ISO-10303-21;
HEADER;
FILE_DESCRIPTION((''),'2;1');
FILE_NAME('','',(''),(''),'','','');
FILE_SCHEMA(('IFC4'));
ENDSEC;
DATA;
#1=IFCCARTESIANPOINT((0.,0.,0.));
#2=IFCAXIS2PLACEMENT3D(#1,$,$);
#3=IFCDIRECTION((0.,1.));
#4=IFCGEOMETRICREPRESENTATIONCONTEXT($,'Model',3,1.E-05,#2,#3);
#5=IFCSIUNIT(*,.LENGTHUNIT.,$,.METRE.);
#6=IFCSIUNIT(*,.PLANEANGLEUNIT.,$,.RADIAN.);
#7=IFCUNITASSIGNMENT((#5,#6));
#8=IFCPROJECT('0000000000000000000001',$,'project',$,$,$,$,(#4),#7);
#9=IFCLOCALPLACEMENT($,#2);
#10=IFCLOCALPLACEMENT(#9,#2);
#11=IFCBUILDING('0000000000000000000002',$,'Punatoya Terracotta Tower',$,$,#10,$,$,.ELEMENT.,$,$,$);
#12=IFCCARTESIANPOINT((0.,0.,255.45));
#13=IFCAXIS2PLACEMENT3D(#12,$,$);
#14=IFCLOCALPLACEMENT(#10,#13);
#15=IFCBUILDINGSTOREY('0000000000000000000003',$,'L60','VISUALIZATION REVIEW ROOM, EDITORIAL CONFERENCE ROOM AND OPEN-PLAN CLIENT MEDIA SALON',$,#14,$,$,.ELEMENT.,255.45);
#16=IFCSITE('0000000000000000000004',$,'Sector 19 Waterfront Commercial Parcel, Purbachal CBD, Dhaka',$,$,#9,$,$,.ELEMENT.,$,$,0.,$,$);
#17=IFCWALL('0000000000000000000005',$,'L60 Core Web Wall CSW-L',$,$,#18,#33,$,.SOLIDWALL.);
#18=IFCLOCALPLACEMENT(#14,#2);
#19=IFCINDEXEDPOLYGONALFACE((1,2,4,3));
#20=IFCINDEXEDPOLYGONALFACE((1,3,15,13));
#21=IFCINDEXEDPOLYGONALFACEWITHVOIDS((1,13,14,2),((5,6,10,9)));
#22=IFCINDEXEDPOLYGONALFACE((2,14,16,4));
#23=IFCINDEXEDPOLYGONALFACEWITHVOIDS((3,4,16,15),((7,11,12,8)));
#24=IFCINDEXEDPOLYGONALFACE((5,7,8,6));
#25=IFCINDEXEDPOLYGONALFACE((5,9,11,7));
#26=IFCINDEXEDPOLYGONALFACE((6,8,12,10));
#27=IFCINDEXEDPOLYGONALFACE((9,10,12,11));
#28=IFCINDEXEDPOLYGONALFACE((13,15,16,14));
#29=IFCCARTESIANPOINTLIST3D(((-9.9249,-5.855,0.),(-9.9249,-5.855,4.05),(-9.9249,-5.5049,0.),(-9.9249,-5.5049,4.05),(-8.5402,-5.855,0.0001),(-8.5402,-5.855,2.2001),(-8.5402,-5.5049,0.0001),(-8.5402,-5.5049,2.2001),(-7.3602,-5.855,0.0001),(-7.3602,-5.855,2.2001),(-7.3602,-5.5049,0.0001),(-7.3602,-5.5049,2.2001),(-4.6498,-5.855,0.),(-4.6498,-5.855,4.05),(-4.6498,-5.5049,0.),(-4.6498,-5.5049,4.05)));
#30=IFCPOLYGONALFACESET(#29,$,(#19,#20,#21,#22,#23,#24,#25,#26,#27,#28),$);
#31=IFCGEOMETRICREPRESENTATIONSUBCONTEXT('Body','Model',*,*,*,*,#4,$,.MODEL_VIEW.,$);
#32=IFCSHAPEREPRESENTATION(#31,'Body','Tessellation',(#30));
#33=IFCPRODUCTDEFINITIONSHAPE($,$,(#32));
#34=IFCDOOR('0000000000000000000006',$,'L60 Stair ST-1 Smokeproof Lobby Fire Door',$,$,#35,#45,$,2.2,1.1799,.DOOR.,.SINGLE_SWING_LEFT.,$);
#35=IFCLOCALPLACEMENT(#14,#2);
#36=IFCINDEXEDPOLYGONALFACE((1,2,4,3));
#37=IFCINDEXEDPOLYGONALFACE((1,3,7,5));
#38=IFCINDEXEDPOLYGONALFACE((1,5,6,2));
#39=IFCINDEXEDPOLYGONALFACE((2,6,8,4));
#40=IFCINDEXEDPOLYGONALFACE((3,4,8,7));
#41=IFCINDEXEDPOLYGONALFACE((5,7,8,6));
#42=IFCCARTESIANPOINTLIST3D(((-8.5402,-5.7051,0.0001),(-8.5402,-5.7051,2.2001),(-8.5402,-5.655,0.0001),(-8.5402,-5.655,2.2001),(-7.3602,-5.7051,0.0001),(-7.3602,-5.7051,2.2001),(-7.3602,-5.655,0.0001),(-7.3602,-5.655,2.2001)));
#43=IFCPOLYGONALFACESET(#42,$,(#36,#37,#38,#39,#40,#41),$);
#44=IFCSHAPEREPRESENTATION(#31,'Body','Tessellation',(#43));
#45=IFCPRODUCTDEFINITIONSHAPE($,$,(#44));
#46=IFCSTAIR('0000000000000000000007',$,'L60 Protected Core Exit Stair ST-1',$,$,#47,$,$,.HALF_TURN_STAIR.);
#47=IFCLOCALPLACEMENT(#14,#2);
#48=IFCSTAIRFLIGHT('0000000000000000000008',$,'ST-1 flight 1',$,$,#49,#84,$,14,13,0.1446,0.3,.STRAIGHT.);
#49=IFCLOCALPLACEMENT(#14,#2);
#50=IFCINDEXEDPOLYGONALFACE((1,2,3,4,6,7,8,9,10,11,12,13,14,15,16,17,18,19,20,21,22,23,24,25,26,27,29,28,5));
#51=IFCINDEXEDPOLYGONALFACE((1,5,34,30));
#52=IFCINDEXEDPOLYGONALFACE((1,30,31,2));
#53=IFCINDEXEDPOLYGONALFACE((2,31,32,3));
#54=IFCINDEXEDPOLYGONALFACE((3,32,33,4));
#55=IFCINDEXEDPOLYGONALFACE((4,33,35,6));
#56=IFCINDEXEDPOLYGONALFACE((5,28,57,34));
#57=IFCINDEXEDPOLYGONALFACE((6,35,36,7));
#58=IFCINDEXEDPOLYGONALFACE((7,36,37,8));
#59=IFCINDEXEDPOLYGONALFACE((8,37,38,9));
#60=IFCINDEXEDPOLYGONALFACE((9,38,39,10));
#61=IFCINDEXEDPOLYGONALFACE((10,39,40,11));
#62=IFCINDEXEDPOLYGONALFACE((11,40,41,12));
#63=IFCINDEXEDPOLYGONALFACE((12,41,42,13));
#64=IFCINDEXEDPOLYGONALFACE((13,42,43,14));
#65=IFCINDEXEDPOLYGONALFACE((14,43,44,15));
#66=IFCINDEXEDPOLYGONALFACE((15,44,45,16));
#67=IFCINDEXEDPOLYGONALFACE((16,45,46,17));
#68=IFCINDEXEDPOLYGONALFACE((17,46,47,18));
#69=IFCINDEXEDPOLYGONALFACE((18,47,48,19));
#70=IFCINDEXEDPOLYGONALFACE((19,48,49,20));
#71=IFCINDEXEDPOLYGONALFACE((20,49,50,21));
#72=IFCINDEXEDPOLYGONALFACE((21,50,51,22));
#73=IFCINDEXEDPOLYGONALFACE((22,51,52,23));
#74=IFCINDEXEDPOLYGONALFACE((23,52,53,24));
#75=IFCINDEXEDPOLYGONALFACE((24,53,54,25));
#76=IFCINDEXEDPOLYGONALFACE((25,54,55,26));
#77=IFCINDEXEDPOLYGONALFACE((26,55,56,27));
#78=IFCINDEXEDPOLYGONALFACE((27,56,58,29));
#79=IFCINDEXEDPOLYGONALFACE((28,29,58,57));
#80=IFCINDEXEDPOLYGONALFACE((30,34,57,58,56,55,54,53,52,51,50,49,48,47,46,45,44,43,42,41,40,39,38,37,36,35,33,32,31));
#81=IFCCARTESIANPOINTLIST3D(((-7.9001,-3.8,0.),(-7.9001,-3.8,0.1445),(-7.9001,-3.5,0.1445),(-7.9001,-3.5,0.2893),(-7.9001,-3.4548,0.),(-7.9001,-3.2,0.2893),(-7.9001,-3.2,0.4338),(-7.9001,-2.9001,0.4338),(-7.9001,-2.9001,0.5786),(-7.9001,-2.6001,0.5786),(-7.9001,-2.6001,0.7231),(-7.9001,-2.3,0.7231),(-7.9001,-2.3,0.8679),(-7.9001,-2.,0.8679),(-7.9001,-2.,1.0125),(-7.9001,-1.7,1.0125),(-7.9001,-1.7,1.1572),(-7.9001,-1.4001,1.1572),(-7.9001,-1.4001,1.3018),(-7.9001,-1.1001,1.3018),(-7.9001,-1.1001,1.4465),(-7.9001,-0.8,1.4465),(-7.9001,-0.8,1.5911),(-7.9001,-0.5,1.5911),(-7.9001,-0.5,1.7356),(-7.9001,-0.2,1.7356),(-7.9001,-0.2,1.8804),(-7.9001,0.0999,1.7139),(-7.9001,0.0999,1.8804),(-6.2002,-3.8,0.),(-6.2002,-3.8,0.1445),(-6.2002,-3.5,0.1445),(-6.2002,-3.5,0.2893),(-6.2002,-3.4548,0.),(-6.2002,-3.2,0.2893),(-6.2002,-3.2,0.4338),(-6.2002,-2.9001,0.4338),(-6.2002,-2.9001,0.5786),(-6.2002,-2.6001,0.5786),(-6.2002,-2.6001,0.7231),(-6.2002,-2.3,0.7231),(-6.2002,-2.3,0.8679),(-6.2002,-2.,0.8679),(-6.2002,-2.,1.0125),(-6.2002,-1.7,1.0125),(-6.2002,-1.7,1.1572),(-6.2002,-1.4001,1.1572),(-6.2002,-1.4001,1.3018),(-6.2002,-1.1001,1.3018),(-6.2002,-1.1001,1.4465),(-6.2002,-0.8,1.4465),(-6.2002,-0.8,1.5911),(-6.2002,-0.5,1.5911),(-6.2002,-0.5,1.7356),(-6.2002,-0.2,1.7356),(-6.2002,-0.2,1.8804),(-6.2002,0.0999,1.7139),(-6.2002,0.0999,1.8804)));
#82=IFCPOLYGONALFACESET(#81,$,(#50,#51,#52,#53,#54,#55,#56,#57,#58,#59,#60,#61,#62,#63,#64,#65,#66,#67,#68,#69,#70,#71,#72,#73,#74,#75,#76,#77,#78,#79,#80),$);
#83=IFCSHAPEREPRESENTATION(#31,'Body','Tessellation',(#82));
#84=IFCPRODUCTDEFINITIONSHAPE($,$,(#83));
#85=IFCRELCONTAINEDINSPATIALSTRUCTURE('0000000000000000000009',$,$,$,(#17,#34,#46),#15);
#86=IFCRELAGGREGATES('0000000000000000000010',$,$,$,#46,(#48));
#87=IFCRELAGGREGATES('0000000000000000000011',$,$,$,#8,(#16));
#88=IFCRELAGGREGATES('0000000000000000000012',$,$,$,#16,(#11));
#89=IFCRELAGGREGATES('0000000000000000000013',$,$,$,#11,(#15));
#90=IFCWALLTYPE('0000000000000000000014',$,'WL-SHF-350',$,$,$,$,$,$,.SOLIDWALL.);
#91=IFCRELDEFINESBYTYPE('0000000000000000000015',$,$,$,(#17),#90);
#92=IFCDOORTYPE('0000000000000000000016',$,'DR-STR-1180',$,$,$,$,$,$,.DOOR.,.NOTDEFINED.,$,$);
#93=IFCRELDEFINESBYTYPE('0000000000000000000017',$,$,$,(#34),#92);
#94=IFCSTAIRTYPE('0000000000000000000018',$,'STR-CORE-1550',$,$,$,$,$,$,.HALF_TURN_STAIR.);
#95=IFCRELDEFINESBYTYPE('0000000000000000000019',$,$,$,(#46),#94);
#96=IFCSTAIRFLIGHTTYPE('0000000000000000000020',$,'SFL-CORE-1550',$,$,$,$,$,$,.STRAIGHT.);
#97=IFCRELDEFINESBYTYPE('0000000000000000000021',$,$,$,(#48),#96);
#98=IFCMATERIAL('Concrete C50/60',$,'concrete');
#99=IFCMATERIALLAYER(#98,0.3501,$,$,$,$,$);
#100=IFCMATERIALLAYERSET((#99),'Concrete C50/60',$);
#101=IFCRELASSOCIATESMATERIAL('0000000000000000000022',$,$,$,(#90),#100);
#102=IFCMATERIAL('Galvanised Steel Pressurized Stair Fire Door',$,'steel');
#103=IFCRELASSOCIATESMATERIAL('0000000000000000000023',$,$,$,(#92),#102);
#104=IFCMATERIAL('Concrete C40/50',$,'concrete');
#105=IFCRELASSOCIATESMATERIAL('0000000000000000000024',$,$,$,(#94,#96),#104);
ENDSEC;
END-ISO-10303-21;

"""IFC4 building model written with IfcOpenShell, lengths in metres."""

from ifc_helpers import new_model, si_unit, direction, frame, frame_2d, origin, place, context, subcontext, project, spatial, polyline, rectangle, outline, extrude, material, layer, layer_set, type_object, element, fill, aggregate, save


model = new_model("IFC4")

# Units and contexts
model_context = context("Model", 3, precision=1e-05, world=origin(), true_north=direction((0.0, 1.0)))
body_context = subcontext(model_context, "Body", "Model", "MODEL_VIEW")
ifc_project = project(units=[si_unit("LENGTHUNIT", "METRE"), si_unit("PLANEANGLEUNIT", "RADIAN")], contexts=[model_context])

# Site, building, storey
site_placement = place(None, origin())
site = spatial("IfcSite", under=ifc_project, at=site_placement, Name="Sector 19 Waterfront Commercial Parcel, Purbachal CBD, Dhaka", CompositionType="ELEMENT", RefElevation=0.0)
building_placement = place(site_placement, origin())
building = spatial("IfcBuilding", under=site, at=building_placement, Name="Punatoya Terracotta Tower", CompositionType="ELEMENT")
storey_placement = place(building_placement, frame((0.0, 0.0, 255.45)))
storey = spatial("IfcBuildingStorey", under=building, at=storey_placement, Name="L60", Description="VISUALIZATION REVIEW ROOM, EDITORIAL CONFERENCE ROOM AND OPEN-PLAN CLIENT MEDIA SALON", CompositionType="ELEMENT", Elevation=255.45)

# Shared definitions
ifc_material_1 = material(Name="Concrete C50/60", Category="concrete")

# Shared definitions
ifc_material_2 = material(Name="Concrete C40/50", Category="concrete")

# Wall, opening, door
ifc_layer_1 = layer(ifc_material_1, 0.3501)
ifc_layer_set_1 = layer_set([ifc_layer_1], Name="Concrete C50/60")
wall_type_1 = type_object("IfcWallType", Name="WL-SHF-350", PredefinedType="SOLIDWALL", material=ifc_layer_set_1)
wall_1_placement = place(storey_placement, frame((-9.925, -5.6799, 0.0), z_axis=(0.0, 0.0, 1.0), x_axis=(1.0, 0.0, 0.0)))
wall_1 = element("IfcWall", 1, at=wall_1_placement, inside=storey, type_object=wall_type_1, Name="L60 Core Web Wall CSW-L", PredefinedType="SOLIDWALL", context=body_context, shape_type="SweptSolid", body=[
    extrude(rectangle(XDim=5.2751, YDim=0.3501, at=frame_2d((2.6377, 0.0))), origin(), (0.0, 0.0, 1.0), 4.05),
])
opening_1_placement = place(wall_1_placement, frame((1.385, 0.0, 0.0)))
opening_1 = element("IfcOpeningElement", 2, at=opening_1_placement, cuts=wall_1, PredefinedType="OPENING", context=body_context, shape_type="SweptSolid", body=[
    extrude(rectangle(XDim=1.1799, YDim=2.2, at=frame_2d((0.5898, 1.1001))), frame((0.0, 0.1851, 0.0), z_axis=(0.0, -1.0, 0.0), x_axis=(1.0, 0.0, 0.0)), (0.0, 0.0, 1.0), 0.3701),
])
ifc_material_3 = material(Name="Galvanised Steel Pressurized Stair Fire Door", Category="steel")
door_type_1 = type_object("IfcDoorType", Name="DR-STR-1180", OperationType="NOTDEFINED", PredefinedType="DOOR", material=ifc_material_3)
door_1_placement = place(opening_1_placement, origin())
door_1 = element("IfcDoor", 3, at=door_1_placement, inside=storey, type_object=door_type_1, Name="L60 Stair ST-1 Smokeproof Lobby Fire Door", OperationType="SINGLE_SWING_LEFT", OverallHeight=2.2, OverallWidth=1.1799, PredefinedType="DOOR", context=body_context, shape_type="SweptSolid", body=[
    extrude(rectangle(XDim=1.1799, YDim=2.2, at=frame_2d((0.5898, 1.1001))), frame((0.0, 0.0249, 0.0), z_axis=(0.0, -1.0, 0.0), x_axis=(1.0, 0.0, 0.0)), (0.0, 0.0, 1.0), 0.05),
])
fill(opening_1, door_1)

# Stair, stair flight
stair_type = type_object("IfcStairType", Name="STR-CORE-1550", PredefinedType="HALF_TURN_STAIR", material=ifc_material_2)
stair_placement = place(storey_placement, origin())
stair = element("IfcStair", 4, at=stair_placement, inside=storey, type_object=stair_type, Name="L60 Protected Core Exit Stair ST-1", PredefinedType="HALF_TURN_STAIR")
stair_flight_type = type_object("IfcStairFlightType", Name="SFL-CORE-1550", PredefinedType="STRAIGHT", material=ifc_material_2)
stair_flight_placement = place(storey_placement, frame((-7.05, -3.8, 0.0), z_axis=(0.0, 0.0, 1.0), x_axis=(0.0, 1.0, 0.0)))
stair_flight = element("IfcStairFlight", 5, at=stair_flight_placement, type_object=stair_flight_type, Name="ST-1 flight 1", NumberOfRisers=14, NumberOfTreads=13, PredefinedType="STRAIGHT", RiserHeight=0.1446, TreadLength=0.3, context=body_context, shape_type="SweptSolid", body=[
    extrude(outline(polyline([(0.0, 0.0), (0.0, 0.1445), (0.3, 0.1445), (0.3, 0.2893), (0.6001, 0.2893), (0.6001, 0.4338), (0.8999, 0.4338), (0.8999, 0.5786), (1.2, 0.5786), (1.2, 0.7231), (1.5, 0.7231), (1.5, 0.8679), (1.8, 0.8679), (1.8, 1.0125), (2.1001, 1.0125), (2.1001, 1.1572), (2.3999, 1.1572), (2.3999, 1.3018), (2.7, 1.3018), (2.7, 1.4465), (3.0, 1.4465), (3.0, 1.5911), (3.3, 1.5911), (3.3, 1.7356), (3.6001, 1.7356), (3.6001, 1.8804), (3.8999, 1.8804), (3.8999, 2.0249), (3.8999, 1.7139), (0.3452, 0.0), (0.0, 0.0)])), frame((0.0, 0.8501, 0.0), z_axis=(0.0, -1.0, 0.0), x_axis=(1.0, 0.0, 0.0)), (0.0, 0.0, 1.0), 1.7),
])
aggregate(stair, [stair_flight])

save(model, "model.ifc")
